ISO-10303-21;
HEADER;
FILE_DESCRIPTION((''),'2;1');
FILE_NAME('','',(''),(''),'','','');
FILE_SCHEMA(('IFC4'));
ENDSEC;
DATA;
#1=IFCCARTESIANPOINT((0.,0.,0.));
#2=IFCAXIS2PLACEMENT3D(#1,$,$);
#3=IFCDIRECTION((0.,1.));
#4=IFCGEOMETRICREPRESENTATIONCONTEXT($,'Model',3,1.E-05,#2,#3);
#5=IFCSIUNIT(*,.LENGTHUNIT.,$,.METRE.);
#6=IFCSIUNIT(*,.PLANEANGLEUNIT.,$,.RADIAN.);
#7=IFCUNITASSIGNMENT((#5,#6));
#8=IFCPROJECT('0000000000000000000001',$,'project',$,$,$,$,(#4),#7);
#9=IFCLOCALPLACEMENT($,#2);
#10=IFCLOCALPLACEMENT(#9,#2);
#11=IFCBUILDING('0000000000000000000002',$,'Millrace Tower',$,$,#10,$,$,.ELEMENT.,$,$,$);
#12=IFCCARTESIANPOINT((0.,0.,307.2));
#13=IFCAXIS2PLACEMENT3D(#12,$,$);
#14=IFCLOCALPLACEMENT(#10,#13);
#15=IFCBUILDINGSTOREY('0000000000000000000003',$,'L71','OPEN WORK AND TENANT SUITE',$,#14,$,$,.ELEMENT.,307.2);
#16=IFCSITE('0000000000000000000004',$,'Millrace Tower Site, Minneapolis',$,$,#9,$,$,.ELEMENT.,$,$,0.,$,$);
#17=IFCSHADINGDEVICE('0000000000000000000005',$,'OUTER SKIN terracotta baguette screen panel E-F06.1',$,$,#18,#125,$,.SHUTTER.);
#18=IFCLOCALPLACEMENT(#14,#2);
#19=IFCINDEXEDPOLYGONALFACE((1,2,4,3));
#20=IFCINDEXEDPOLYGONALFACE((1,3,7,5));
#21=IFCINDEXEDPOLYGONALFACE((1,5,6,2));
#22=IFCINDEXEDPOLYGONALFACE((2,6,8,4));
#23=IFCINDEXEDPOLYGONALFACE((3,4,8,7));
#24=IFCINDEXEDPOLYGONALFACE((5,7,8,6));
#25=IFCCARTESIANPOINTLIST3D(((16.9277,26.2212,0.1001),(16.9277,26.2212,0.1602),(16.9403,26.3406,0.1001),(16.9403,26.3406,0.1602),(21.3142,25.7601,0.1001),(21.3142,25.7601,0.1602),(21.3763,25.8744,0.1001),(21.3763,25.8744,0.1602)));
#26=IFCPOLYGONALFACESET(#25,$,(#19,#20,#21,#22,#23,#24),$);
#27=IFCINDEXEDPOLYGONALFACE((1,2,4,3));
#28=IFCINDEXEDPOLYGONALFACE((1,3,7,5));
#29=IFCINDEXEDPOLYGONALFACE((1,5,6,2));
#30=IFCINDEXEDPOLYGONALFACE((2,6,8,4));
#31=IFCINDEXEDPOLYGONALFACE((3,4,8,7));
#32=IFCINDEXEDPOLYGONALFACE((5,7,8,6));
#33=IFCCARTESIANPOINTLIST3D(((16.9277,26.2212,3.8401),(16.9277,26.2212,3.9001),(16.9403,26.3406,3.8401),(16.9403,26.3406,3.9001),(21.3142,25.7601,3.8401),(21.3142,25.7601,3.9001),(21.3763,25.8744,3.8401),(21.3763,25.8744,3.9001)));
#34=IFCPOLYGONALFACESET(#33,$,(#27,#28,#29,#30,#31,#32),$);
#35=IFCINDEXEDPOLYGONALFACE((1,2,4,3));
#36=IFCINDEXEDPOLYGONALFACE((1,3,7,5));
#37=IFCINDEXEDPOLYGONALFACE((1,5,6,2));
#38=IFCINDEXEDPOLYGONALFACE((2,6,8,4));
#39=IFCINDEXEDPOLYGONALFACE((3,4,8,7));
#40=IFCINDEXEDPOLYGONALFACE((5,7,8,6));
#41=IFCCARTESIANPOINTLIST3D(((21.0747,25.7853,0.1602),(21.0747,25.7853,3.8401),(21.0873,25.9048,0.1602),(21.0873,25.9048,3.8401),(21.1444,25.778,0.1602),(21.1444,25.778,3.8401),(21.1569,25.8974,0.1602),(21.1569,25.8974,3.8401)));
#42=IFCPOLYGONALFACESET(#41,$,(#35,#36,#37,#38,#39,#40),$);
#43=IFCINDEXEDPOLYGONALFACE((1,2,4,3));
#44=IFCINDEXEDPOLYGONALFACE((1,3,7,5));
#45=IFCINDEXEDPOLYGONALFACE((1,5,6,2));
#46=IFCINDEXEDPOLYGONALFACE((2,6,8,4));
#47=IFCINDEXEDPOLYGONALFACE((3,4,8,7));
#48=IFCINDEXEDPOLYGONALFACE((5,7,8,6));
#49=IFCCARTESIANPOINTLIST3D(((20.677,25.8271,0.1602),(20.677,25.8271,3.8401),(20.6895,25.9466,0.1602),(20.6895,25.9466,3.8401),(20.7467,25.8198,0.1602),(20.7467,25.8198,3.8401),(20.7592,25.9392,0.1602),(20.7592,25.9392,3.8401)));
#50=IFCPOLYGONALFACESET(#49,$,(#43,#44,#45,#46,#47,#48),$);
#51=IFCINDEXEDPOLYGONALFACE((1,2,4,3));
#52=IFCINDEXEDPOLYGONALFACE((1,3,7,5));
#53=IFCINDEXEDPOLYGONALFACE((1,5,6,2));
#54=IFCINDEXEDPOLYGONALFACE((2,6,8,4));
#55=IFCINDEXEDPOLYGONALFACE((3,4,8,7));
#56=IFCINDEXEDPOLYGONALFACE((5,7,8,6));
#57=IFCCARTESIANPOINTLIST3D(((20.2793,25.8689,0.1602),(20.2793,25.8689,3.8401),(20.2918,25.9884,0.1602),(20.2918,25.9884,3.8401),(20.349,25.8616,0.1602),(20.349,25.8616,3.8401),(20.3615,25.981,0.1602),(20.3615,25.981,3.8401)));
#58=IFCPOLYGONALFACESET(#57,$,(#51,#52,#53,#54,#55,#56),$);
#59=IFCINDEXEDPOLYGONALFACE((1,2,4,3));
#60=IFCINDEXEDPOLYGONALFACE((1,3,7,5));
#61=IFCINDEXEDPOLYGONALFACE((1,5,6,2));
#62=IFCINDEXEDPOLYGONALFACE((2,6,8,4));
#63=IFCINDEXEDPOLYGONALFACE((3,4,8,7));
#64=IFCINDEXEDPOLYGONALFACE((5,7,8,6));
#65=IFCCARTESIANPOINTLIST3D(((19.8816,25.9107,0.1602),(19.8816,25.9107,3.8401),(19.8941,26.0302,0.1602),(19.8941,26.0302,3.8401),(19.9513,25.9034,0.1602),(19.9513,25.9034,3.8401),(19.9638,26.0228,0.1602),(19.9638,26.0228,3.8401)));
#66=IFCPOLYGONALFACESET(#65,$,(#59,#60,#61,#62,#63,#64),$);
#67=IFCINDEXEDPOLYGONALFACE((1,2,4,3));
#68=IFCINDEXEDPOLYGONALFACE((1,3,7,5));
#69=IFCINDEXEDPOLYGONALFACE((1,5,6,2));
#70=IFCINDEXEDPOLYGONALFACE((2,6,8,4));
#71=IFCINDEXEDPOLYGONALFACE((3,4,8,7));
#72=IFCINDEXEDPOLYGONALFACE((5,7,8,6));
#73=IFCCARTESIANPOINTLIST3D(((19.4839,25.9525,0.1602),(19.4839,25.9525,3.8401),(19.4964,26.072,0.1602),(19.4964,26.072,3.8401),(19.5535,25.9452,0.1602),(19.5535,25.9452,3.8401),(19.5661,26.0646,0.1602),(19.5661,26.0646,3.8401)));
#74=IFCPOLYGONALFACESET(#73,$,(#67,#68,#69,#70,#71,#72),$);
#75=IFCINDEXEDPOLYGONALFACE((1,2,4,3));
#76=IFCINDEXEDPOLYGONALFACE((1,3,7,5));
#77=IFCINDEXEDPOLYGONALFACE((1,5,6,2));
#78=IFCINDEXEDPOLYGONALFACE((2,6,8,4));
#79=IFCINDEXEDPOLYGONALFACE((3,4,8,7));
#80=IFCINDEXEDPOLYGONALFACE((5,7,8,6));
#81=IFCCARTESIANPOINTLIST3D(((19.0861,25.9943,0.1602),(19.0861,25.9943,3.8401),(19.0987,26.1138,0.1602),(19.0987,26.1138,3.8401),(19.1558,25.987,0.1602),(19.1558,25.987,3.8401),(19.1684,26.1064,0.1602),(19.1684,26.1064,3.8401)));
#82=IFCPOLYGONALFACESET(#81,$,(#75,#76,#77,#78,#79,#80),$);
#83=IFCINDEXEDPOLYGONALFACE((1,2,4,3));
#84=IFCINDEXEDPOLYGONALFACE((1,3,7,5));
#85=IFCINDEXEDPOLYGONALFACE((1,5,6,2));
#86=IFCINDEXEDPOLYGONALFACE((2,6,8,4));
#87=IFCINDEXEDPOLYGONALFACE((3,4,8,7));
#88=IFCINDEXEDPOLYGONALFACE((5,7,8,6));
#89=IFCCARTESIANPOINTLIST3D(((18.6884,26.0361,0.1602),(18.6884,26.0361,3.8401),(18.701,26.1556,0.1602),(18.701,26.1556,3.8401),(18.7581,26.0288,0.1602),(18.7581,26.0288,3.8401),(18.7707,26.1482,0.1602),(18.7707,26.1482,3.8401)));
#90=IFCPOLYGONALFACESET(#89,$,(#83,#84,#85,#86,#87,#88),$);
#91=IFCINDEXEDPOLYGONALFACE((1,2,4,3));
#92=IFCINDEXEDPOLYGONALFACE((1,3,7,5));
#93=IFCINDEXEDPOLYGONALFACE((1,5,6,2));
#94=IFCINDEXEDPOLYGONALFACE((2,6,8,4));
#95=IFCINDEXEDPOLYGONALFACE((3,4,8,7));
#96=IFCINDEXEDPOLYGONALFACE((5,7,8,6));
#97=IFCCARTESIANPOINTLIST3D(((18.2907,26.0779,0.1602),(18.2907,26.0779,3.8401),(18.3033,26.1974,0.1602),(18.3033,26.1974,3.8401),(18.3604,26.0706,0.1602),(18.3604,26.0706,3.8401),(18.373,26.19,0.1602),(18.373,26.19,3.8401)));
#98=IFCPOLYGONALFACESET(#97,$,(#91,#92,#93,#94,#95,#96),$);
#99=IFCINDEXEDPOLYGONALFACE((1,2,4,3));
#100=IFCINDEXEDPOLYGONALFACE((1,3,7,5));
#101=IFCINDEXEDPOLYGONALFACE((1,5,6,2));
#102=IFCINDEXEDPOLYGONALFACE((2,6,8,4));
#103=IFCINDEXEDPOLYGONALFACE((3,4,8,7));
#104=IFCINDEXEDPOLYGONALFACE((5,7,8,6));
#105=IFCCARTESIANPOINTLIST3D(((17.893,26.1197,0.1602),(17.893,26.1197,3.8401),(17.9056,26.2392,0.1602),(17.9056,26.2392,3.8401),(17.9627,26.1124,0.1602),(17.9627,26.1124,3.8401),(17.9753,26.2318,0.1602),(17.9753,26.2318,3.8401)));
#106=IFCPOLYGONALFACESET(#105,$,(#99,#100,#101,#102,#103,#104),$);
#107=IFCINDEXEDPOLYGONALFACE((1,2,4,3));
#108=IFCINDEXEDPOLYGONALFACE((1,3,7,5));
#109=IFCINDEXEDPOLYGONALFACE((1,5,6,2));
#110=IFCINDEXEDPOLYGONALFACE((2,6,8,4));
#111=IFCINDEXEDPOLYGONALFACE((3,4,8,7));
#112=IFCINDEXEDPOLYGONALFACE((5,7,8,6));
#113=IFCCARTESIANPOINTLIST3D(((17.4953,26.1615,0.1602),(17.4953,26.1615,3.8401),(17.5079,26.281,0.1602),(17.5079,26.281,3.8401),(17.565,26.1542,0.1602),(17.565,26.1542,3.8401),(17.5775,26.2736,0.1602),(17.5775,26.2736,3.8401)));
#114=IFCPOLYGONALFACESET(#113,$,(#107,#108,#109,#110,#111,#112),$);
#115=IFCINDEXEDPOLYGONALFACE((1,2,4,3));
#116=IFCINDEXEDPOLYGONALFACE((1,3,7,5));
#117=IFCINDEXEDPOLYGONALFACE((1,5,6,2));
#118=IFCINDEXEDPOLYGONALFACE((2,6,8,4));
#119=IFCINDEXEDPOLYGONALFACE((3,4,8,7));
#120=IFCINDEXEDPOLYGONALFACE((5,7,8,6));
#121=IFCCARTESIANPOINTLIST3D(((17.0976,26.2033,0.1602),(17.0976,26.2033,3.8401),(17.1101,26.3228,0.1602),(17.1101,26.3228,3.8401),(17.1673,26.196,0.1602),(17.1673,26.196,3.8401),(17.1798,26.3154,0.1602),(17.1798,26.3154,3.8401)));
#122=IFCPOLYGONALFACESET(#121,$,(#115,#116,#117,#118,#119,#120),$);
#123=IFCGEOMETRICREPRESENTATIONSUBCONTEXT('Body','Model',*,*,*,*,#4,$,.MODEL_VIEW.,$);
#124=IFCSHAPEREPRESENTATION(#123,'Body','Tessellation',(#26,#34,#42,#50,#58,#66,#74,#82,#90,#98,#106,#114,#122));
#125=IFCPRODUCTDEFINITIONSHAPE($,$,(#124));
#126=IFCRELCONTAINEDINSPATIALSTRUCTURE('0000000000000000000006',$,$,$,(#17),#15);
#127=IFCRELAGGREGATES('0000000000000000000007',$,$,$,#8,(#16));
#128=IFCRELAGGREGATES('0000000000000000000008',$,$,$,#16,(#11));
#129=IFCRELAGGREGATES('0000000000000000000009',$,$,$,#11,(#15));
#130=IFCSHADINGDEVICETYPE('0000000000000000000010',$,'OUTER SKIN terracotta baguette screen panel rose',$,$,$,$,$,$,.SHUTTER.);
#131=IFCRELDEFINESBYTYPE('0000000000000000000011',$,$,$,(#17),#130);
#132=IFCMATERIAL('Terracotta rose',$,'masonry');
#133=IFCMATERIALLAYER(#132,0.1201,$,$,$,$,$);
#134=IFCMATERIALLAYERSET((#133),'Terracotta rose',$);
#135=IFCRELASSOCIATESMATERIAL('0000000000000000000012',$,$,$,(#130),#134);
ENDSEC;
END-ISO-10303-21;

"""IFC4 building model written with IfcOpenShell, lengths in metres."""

from ifc_helpers import new_model, entity, si_unit, direction, frame, frame_2d, origin, place, context, subcontext, project, spatial, rectangle, extrude, source, transform, mapped, material, layer, layer_set, type_object, element, save


model = new_model("IFC4")

# Units and contexts
model_context = context("Model", 3, precision=1e-05, world=origin(), true_north=direction((0.0, 1.0)))
body_context = subcontext(model_context, "Body", "Model", "MODEL_VIEW")
ifc_project = project(units=[si_unit("LENGTHUNIT", "METRE"), si_unit("PLANEANGLEUNIT", "RADIAN")], contexts=[model_context])

# Site, building, storey
site_placement = place(None, origin())
site = spatial("IfcSite", under=ifc_project, at=site_placement, Name="Millrace Tower Site, Minneapolis", CompositionType="ELEMENT", RefElevation=0.0)
building_placement = place(site_placement, origin())
building = spatial("IfcBuilding", under=site, at=building_placement, Name="Millrace Tower", CompositionType="ELEMENT")
storey_placement = place(building_placement, frame((0.0, 0.0, 307.2)))
storey = spatial("IfcBuildingStorey", under=building, at=storey_placement, Name="L71", Description="OPEN WORK AND TENANT SUITE", CompositionType="ELEMENT", Elevation=307.2)

# Shading device
ifc_material_1 = material(Name="Terracotta rose", Category="masonry")
ifc_layer_1 = layer(ifc_material_1, 0.1201)
ifc_layer_set_1 = layer_set([ifc_layer_1], Name="Terracotta rose")
shading_device_type = type_object("IfcShadingDeviceType", Name="OUTER SKIN terracotta baguette screen panel rose", PredefinedType="SHUTTER", material=ifc_layer_set_1)
cartesian_point_1 = entity("IfcCartesianPoint", [-2.1929, 0.0601])
shared_polyline_1 = entity("IfcPolyline", [cartesian_point_1, entity("IfcCartesianPoint", [2.2178, 0.0601]), entity("IfcCartesianPoint", [2.2178, -0.0601]), entity("IfcCartesianPoint", [-2.2427, -0.0601]), cartesian_point_1])
shared_shape_1 = source(origin(), body_context, "Body", "SweptSolid", [
    entity("IfcExtrudedAreaSolid", entity("IfcArbitraryClosedProfileDef", "AREA", None, shared_polyline_1), entity("IfcAxis2Placement3D", entity("IfcCartesianPoint", [0.0, 0.0, 0.0])), entity("IfcDirection", [0.0, 0.0, 1.0]), 0.0601),
    entity("IfcExtrudedAreaSolid", entity("IfcArbitraryClosedProfileDef", "AREA", None, shared_polyline_1), entity("IfcAxis2Placement3D", entity("IfcCartesianPoint", [0.0, 0.0, 3.74])), entity("IfcDirection", [0.0, 0.0, 1.0]), 0.0601),
    extrude(rectangle(XDim=0.0701, YDim=0.1201, at=frame_2d((-1.9871, 0.0))), frame((0.0, 0.0, 0.0601)), (0.0, 0.0, 1.0), 3.6799),
    extrude(rectangle(XDim=0.0701, YDim=0.1201, at=frame_2d((-1.5872, 0.0))), frame((0.0, 0.0, 0.0601)), (0.0, 0.0, 1.0), 3.6799),
    extrude(rectangle(XDim=0.0701, YDim=0.1201, at=frame_2d((-1.1873, 0.0))), frame((0.0, 0.0, 0.0601)), (0.0, 0.0, 1.0), 3.6799),
    extrude(rectangle(XDim=0.0701, YDim=0.1201, at=frame_2d((-0.7874, 0.0))), frame((0.0, 0.0, 0.0601)), (0.0, 0.0, 1.0), 3.6799),
    extrude(rectangle(XDim=0.0701, YDim=0.1201, at=frame_2d((-0.3875, 0.0))), frame((0.0, 0.0, 0.0601)), (0.0, 0.0, 1.0), 3.6799),
    extrude(rectangle(XDim=0.0701, YDim=0.1201, at=frame_2d((0.0125, 0.0))), frame((0.0, 0.0, 0.0601)), (0.0, 0.0, 1.0), 3.6799),
    extrude(rectangle(XDim=0.0701, YDim=0.1201, at=frame_2d((0.4124, 0.0))), frame((0.0, 0.0, 0.0601)), (0.0, 0.0, 1.0), 3.6799),
    extrude(rectangle(XDim=0.0701, YDim=0.1201, at=frame_2d((0.8123, 0.0))), frame((0.0, 0.0, 0.0601)), (0.0, 0.0, 1.0), 3.6799),
    extrude(rectangle(XDim=0.0701, YDim=0.1201, at=frame_2d((1.2122, 0.0))), frame((0.0, 0.0, 0.0601)), (0.0, 0.0, 1.0), 3.6799),
    extrude(rectangle(XDim=0.0701, YDim=0.1201, at=frame_2d((1.6121, 0.0))), frame((0.0, 0.0, 0.0601)), (0.0, 0.0, 1.0), 3.6799),
    extrude(rectangle(XDim=0.0701, YDim=0.1201, at=frame_2d((2.012, 0.0))), frame((0.0, 0.0, 0.0601)), (0.0, 0.0, 1.0), 3.6799),
])
shading_device_1_placement = place(storey_placement, frame((19.1396, 26.0491, 0.1001), z_axis=(0.0, 0.0, 1.0), x_axis=(-0.994522, 0.104528, 0.0)))
element("IfcShadingDevice", 1, at=shading_device_1_placement, inside=storey, type_object=shading_device_type, Name="OUTER SKIN terracotta baguette screen panel E-F06.1", PredefinedType="SHUTTER", context=body_context, shape_type="MappedRepresentation", body=[
    mapped(shared_shape_1, transform((0.0, 0.0, 0.0), scale=1.0)),
])

save(model, "model.ifc")
